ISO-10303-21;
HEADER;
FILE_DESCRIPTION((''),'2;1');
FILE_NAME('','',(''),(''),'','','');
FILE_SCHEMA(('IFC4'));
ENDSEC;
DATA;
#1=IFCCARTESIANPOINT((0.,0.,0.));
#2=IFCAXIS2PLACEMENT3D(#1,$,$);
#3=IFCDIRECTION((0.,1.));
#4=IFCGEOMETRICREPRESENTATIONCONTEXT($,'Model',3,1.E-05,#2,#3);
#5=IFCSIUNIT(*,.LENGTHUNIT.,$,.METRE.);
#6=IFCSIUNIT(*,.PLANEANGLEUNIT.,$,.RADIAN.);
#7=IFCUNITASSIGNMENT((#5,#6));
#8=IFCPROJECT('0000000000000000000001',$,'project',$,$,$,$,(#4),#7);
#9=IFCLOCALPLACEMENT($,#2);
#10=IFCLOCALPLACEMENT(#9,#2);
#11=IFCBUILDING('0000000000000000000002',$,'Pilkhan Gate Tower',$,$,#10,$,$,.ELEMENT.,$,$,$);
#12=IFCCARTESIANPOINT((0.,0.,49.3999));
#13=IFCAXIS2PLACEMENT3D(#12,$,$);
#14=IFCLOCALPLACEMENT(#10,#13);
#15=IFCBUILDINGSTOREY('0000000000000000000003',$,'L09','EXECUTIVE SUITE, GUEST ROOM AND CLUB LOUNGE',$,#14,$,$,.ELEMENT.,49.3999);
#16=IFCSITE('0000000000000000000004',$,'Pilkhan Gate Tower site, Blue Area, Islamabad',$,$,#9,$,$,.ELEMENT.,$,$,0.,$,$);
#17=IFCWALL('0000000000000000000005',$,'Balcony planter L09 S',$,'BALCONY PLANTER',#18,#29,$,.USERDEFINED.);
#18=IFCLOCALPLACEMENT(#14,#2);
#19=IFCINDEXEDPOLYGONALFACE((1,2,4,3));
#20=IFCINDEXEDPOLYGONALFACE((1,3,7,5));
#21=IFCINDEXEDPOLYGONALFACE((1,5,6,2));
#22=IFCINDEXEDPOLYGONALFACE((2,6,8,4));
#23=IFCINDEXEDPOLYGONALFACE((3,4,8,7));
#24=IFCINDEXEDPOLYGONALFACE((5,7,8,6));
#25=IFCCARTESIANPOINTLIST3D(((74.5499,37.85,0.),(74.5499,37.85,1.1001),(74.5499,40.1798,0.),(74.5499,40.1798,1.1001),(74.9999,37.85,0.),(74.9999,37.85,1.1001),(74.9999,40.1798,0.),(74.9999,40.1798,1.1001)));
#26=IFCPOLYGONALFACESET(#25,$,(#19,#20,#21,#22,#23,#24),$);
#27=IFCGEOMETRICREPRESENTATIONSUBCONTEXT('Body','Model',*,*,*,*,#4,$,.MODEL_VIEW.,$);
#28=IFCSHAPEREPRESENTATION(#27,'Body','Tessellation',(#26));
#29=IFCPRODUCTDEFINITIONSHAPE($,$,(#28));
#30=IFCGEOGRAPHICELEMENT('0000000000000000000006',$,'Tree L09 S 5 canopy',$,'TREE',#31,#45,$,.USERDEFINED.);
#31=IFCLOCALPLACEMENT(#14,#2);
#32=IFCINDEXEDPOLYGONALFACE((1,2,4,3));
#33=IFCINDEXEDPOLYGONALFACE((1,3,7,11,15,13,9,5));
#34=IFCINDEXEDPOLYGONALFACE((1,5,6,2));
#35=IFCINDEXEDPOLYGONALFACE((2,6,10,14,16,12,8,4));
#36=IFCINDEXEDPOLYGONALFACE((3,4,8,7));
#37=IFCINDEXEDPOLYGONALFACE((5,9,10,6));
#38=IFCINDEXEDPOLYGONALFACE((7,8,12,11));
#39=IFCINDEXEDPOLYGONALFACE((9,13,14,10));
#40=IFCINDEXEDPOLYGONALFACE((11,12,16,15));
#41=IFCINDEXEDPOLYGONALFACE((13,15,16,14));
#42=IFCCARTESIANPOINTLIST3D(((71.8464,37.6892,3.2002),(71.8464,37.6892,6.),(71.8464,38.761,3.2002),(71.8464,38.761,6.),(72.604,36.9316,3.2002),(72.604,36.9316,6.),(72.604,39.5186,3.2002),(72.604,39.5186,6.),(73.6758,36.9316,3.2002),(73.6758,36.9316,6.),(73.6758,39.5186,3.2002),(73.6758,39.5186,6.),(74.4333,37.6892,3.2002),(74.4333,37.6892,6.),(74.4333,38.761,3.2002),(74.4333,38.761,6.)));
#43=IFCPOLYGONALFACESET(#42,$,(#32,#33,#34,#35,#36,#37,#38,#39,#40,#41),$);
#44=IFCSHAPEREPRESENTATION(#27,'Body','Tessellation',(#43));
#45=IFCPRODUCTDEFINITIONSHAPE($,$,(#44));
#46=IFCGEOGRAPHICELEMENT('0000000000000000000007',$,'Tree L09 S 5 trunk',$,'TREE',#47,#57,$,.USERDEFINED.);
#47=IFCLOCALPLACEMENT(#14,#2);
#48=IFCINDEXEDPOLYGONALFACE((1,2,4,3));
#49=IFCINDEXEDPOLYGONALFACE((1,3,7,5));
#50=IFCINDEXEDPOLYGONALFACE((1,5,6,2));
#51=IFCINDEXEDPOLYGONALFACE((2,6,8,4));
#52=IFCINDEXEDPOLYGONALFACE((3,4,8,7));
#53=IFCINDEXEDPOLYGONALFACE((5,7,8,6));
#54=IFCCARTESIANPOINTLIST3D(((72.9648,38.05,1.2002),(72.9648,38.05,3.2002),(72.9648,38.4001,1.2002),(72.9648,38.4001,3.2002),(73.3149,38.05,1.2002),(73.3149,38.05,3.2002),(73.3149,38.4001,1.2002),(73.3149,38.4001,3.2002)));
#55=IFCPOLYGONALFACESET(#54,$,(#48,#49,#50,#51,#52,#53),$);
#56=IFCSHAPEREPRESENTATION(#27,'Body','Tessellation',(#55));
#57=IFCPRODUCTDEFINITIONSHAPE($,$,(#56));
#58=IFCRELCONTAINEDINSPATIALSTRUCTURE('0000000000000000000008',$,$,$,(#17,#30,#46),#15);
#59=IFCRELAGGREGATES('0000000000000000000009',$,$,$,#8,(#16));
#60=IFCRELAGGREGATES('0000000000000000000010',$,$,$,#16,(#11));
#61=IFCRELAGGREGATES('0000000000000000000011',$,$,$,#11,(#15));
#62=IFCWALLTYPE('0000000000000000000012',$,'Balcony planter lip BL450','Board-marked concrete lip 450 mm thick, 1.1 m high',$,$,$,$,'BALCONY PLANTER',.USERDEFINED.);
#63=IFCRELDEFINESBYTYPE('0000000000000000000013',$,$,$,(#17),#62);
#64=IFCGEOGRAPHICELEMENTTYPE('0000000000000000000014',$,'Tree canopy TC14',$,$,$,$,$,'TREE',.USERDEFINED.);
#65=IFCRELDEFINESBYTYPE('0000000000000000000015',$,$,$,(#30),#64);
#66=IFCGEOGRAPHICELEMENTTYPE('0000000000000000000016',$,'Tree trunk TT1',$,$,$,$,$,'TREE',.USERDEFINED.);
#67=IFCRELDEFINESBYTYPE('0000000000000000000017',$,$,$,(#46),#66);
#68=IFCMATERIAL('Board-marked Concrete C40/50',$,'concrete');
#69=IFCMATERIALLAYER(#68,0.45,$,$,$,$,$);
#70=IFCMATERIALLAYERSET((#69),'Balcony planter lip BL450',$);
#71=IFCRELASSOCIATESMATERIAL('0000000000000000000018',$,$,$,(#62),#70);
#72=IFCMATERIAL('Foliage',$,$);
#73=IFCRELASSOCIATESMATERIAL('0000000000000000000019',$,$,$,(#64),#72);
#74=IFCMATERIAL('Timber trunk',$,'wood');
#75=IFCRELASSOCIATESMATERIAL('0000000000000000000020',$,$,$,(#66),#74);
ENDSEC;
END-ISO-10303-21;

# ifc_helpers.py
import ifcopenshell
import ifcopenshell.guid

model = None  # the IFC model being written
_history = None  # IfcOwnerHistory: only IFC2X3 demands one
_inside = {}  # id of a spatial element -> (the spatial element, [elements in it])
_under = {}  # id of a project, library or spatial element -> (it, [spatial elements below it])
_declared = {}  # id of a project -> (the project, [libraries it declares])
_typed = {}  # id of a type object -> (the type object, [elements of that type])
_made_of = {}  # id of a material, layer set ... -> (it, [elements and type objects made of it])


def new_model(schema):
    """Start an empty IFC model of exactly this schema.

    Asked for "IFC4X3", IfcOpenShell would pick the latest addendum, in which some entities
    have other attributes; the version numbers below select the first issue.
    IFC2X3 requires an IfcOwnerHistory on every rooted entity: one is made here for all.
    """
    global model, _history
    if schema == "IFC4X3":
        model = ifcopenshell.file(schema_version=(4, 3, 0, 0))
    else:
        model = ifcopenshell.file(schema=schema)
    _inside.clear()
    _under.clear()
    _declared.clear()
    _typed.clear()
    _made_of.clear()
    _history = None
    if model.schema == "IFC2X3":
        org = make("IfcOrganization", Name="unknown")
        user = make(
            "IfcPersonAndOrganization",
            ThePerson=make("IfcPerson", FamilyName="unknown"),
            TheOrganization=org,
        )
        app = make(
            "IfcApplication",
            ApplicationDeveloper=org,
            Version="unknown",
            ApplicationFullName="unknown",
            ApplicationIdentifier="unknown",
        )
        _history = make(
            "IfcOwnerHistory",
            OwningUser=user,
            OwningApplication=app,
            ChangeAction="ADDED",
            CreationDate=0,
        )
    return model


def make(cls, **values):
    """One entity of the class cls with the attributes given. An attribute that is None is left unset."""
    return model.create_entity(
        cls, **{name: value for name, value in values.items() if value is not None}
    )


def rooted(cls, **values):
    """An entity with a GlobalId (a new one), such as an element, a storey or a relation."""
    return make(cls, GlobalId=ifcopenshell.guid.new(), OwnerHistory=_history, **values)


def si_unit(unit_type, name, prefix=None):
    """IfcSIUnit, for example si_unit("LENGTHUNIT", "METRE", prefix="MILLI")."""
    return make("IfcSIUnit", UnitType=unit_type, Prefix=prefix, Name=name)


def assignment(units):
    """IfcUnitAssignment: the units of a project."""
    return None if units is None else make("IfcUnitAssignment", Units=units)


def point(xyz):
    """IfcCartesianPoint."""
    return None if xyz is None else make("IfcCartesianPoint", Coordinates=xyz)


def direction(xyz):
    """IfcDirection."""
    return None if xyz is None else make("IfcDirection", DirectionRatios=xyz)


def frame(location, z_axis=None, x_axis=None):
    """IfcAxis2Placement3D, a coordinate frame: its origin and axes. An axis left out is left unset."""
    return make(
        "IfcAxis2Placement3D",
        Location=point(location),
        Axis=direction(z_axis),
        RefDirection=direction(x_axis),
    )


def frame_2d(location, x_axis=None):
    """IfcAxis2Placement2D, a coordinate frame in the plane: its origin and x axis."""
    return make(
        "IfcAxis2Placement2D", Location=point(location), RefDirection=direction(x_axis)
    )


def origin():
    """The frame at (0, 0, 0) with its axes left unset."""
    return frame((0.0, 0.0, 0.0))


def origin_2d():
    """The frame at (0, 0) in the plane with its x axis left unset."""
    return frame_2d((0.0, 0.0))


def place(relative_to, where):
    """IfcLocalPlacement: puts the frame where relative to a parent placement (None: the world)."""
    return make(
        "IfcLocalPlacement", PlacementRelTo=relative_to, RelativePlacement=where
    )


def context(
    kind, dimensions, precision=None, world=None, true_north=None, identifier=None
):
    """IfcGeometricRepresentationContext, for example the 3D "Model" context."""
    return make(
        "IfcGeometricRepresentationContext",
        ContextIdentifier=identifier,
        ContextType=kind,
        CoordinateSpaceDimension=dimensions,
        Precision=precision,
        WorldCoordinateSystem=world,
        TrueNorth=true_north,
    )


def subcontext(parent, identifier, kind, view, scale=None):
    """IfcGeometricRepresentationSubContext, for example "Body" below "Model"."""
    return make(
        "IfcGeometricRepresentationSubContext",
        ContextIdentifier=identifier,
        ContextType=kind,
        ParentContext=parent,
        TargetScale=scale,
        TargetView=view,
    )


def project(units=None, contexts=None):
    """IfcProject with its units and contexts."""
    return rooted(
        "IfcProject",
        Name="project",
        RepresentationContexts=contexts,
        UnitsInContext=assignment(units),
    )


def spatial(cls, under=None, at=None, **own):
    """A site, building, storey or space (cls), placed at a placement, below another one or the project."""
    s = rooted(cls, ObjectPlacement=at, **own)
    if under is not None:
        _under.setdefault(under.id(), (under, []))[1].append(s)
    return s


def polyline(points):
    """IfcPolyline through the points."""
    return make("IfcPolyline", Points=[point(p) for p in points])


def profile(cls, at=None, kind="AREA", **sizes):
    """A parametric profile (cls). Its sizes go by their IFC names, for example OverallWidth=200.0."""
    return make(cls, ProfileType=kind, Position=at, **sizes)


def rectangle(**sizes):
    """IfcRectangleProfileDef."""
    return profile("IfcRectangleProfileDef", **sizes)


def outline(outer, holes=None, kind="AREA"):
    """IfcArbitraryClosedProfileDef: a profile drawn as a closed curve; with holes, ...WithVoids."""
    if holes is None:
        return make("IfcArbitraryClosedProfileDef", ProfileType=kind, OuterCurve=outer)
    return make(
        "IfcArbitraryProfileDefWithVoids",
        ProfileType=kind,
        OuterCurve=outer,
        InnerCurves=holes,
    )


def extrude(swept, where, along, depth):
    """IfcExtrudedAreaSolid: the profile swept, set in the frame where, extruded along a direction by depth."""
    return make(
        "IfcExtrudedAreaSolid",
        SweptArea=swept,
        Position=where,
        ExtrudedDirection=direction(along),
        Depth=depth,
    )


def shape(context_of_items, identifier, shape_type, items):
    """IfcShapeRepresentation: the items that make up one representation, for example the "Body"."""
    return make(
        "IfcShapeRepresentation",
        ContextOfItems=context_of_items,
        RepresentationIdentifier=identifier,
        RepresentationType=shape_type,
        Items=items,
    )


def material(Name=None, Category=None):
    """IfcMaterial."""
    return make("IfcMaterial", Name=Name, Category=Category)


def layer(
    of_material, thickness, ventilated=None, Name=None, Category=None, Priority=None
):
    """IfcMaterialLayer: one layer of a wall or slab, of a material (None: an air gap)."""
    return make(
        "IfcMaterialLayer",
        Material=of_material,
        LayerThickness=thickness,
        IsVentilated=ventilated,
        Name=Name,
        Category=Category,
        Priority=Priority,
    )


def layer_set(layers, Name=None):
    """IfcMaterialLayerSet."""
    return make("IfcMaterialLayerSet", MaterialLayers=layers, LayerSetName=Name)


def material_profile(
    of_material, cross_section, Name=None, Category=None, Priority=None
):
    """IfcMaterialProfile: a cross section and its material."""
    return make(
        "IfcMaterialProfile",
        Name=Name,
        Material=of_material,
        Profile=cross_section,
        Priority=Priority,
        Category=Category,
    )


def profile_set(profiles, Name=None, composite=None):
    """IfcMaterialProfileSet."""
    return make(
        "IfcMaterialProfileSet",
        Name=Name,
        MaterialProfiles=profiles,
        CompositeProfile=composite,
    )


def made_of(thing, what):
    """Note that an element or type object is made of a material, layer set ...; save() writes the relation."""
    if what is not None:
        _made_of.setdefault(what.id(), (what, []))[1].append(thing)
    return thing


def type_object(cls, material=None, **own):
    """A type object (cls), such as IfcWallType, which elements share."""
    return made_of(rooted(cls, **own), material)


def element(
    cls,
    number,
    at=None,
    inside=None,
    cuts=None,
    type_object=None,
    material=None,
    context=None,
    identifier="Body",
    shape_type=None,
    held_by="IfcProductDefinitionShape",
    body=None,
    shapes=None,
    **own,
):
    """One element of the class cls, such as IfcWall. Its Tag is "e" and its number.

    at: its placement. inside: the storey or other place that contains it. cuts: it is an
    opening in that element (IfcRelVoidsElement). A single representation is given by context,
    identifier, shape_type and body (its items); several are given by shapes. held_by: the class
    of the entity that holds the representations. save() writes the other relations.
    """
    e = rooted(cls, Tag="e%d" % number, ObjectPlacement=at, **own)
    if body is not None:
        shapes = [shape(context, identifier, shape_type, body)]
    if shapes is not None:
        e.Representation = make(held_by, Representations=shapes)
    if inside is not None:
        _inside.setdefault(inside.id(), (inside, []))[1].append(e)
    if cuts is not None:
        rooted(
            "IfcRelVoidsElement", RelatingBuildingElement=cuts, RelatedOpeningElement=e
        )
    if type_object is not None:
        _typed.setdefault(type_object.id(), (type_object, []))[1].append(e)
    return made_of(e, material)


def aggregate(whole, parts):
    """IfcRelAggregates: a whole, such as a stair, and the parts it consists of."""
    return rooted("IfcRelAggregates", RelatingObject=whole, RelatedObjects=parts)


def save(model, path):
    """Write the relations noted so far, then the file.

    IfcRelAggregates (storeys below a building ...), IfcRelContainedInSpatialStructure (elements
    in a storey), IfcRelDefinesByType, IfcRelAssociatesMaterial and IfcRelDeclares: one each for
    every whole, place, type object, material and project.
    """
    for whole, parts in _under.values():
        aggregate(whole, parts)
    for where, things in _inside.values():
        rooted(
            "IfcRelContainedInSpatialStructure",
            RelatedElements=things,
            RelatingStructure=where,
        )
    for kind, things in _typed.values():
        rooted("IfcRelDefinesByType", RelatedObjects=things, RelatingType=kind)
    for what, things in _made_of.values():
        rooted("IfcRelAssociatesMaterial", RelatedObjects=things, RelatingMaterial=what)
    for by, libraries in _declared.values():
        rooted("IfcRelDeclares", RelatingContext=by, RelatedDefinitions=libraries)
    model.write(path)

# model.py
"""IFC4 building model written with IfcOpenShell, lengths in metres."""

from ifc_helpers import new_model, si_unit, direction, frame, frame_2d, origin, origin_2d, place, context, subcontext, project, spatial, polyline, rectangle, outline, extrude, material, layer, layer_set, material_profile, profile_set, type_object, element, save


model = new_model("IFC4")

# Units and contexts
model_context = context("Model", 3, precision=1e-05, world=origin(), true_north=direction((0.0, 1.0)))
body_context = subcontext(model_context, "Body", "Model", "MODEL_VIEW")
ifc_project = project(units=[si_unit("LENGTHUNIT", "METRE"), si_unit("PLANEANGLEUNIT", "RADIAN")], contexts=[model_context])

# Site, building, storey
site_placement = place(None, origin())
site = spatial("IfcSite", under=ifc_project, at=site_placement, Name="Pilkhan Gate Tower site, Blue Area, Islamabad", CompositionType="ELEMENT", RefElevation=0.0)
building_placement = place(site_placement, origin())
building = spatial("IfcBuilding", under=site, at=building_placement, Name="Pilkhan Gate Tower", CompositionType="ELEMENT")
storey_placement = place(building_placement, frame((0.0, 0.0, 49.3999)))
storey = spatial("IfcBuildingStorey", under=building, at=storey_placement, Name="L09", Description="EXECUTIVE SUITE, GUEST ROOM AND CLUB LOUNGE", CompositionType="ELEMENT", Elevation=49.3999)

# Wall
ifc_material_1 = material(Name="Board-marked Concrete C40/50", Category="concrete")
ifc_layer_1 = layer(ifc_material_1, 0.45)
ifc_layer_set_1 = layer_set([ifc_layer_1], Name="Balcony planter lip BL450")
wall_type_1 = type_object("IfcWallType", Name="Balcony planter lip BL450", Description="Board-marked concrete lip 450 mm thick, 1.1 m high", ElementType="BALCONY PLANTER", PredefinedType="USERDEFINED", material=ifc_layer_set_1)
wall_1_placement = place(storey_placement, frame((74.7749, 40.1799, 0.0), z_axis=(0.0, 0.0, 1.0), x_axis=(0.0, -1.0, 0.0)))
element("IfcWall", 1, at=wall_1_placement, inside=storey, type_object=wall_type_1, Name="Balcony planter L09 S", ObjectType="BALCONY PLANTER", PredefinedType="USERDEFINED", context=body_context, shape_type="SweptSolid", body=[
    extrude(rectangle(XDim=2.3298, YDim=0.45, at=frame_2d((1.165, 0.0))), origin(), (0.0, 0.0, 1.0), 1.1001),
])

# Geographic elements
ifc_material_2 = material(Name="Foliage")
ifc_material_profile_1 = material_profile(ifc_material_2, outline(polyline([(1.2935, 0.5359), (0.5359, 1.2935), (-0.5359, 1.2935), (-1.2935, 0.5359), (-1.2935, -0.5359), (-0.5359, -1.2935), (0.5359, -1.2935), (1.2935, -0.5359), (1.2935, 0.5359)])), Name="Canopy D2.8")
ifc_profile_set_1 = profile_set([ifc_material_profile_1], Name="Foliage")
geographic_element_type_1 = type_object("IfcGeographicElementType", Name="Tree canopy TC14", ElementType="TREE", PredefinedType="USERDEFINED", material=ifc_profile_set_1)
geographic_element_1_placement = place(storey_placement, frame((73.1399, 38.2251, 3.2002), z_axis=(0.0, 0.0, 1.0), x_axis=(1.0, 0.0, 0.0)))
element("IfcGeographicElement", 2, at=geographic_element_1_placement, inside=storey, type_object=geographic_element_type_1, Name="Tree L09 S 5 canopy", ObjectType="TREE", PredefinedType="USERDEFINED", context=body_context, shape_type="SweptSolid", body=[
    extrude(outline(polyline([(1.2935, 0.5359), (0.5359, 1.2935), (-0.5359, 1.2935), (-1.2935, 0.5359), (-1.2935, -0.5359), (-0.5359, -1.2935), (0.5359, -1.2935), (1.2935, -0.5359), (1.2935, 0.5359)])), origin(), (0.0, 0.0, 1.0), 2.7998),
])
ifc_material_3 = material(Name="Timber trunk", Category="wood")
geographic_element_type_2 = type_object("IfcGeographicElementType", Name="Tree trunk TT1", ElementType="TREE", PredefinedType="USERDEFINED", material=ifc_material_3)
geographic_element_2_placement = place(storey_placement, frame((73.1399, 38.2251, 1.2002), z_axis=(0.0, 0.0, 1.0), x_axis=(1.0, 0.0, 0.0)))
element("IfcGeographicElement", 3, at=geographic_element_2_placement, inside=storey, type_object=geographic_element_type_2, Name="Tree L09 S 5 trunk", ObjectType="TREE", PredefinedType="USERDEFINED", context=body_context, shape_type="SweptSolid", body=[
    extrude(rectangle(XDim=0.3501, YDim=0.3501, at=origin_2d()), origin(), (0.0, 0.0, 1.0), 2.0),
])

save(model, "model.ifc")
